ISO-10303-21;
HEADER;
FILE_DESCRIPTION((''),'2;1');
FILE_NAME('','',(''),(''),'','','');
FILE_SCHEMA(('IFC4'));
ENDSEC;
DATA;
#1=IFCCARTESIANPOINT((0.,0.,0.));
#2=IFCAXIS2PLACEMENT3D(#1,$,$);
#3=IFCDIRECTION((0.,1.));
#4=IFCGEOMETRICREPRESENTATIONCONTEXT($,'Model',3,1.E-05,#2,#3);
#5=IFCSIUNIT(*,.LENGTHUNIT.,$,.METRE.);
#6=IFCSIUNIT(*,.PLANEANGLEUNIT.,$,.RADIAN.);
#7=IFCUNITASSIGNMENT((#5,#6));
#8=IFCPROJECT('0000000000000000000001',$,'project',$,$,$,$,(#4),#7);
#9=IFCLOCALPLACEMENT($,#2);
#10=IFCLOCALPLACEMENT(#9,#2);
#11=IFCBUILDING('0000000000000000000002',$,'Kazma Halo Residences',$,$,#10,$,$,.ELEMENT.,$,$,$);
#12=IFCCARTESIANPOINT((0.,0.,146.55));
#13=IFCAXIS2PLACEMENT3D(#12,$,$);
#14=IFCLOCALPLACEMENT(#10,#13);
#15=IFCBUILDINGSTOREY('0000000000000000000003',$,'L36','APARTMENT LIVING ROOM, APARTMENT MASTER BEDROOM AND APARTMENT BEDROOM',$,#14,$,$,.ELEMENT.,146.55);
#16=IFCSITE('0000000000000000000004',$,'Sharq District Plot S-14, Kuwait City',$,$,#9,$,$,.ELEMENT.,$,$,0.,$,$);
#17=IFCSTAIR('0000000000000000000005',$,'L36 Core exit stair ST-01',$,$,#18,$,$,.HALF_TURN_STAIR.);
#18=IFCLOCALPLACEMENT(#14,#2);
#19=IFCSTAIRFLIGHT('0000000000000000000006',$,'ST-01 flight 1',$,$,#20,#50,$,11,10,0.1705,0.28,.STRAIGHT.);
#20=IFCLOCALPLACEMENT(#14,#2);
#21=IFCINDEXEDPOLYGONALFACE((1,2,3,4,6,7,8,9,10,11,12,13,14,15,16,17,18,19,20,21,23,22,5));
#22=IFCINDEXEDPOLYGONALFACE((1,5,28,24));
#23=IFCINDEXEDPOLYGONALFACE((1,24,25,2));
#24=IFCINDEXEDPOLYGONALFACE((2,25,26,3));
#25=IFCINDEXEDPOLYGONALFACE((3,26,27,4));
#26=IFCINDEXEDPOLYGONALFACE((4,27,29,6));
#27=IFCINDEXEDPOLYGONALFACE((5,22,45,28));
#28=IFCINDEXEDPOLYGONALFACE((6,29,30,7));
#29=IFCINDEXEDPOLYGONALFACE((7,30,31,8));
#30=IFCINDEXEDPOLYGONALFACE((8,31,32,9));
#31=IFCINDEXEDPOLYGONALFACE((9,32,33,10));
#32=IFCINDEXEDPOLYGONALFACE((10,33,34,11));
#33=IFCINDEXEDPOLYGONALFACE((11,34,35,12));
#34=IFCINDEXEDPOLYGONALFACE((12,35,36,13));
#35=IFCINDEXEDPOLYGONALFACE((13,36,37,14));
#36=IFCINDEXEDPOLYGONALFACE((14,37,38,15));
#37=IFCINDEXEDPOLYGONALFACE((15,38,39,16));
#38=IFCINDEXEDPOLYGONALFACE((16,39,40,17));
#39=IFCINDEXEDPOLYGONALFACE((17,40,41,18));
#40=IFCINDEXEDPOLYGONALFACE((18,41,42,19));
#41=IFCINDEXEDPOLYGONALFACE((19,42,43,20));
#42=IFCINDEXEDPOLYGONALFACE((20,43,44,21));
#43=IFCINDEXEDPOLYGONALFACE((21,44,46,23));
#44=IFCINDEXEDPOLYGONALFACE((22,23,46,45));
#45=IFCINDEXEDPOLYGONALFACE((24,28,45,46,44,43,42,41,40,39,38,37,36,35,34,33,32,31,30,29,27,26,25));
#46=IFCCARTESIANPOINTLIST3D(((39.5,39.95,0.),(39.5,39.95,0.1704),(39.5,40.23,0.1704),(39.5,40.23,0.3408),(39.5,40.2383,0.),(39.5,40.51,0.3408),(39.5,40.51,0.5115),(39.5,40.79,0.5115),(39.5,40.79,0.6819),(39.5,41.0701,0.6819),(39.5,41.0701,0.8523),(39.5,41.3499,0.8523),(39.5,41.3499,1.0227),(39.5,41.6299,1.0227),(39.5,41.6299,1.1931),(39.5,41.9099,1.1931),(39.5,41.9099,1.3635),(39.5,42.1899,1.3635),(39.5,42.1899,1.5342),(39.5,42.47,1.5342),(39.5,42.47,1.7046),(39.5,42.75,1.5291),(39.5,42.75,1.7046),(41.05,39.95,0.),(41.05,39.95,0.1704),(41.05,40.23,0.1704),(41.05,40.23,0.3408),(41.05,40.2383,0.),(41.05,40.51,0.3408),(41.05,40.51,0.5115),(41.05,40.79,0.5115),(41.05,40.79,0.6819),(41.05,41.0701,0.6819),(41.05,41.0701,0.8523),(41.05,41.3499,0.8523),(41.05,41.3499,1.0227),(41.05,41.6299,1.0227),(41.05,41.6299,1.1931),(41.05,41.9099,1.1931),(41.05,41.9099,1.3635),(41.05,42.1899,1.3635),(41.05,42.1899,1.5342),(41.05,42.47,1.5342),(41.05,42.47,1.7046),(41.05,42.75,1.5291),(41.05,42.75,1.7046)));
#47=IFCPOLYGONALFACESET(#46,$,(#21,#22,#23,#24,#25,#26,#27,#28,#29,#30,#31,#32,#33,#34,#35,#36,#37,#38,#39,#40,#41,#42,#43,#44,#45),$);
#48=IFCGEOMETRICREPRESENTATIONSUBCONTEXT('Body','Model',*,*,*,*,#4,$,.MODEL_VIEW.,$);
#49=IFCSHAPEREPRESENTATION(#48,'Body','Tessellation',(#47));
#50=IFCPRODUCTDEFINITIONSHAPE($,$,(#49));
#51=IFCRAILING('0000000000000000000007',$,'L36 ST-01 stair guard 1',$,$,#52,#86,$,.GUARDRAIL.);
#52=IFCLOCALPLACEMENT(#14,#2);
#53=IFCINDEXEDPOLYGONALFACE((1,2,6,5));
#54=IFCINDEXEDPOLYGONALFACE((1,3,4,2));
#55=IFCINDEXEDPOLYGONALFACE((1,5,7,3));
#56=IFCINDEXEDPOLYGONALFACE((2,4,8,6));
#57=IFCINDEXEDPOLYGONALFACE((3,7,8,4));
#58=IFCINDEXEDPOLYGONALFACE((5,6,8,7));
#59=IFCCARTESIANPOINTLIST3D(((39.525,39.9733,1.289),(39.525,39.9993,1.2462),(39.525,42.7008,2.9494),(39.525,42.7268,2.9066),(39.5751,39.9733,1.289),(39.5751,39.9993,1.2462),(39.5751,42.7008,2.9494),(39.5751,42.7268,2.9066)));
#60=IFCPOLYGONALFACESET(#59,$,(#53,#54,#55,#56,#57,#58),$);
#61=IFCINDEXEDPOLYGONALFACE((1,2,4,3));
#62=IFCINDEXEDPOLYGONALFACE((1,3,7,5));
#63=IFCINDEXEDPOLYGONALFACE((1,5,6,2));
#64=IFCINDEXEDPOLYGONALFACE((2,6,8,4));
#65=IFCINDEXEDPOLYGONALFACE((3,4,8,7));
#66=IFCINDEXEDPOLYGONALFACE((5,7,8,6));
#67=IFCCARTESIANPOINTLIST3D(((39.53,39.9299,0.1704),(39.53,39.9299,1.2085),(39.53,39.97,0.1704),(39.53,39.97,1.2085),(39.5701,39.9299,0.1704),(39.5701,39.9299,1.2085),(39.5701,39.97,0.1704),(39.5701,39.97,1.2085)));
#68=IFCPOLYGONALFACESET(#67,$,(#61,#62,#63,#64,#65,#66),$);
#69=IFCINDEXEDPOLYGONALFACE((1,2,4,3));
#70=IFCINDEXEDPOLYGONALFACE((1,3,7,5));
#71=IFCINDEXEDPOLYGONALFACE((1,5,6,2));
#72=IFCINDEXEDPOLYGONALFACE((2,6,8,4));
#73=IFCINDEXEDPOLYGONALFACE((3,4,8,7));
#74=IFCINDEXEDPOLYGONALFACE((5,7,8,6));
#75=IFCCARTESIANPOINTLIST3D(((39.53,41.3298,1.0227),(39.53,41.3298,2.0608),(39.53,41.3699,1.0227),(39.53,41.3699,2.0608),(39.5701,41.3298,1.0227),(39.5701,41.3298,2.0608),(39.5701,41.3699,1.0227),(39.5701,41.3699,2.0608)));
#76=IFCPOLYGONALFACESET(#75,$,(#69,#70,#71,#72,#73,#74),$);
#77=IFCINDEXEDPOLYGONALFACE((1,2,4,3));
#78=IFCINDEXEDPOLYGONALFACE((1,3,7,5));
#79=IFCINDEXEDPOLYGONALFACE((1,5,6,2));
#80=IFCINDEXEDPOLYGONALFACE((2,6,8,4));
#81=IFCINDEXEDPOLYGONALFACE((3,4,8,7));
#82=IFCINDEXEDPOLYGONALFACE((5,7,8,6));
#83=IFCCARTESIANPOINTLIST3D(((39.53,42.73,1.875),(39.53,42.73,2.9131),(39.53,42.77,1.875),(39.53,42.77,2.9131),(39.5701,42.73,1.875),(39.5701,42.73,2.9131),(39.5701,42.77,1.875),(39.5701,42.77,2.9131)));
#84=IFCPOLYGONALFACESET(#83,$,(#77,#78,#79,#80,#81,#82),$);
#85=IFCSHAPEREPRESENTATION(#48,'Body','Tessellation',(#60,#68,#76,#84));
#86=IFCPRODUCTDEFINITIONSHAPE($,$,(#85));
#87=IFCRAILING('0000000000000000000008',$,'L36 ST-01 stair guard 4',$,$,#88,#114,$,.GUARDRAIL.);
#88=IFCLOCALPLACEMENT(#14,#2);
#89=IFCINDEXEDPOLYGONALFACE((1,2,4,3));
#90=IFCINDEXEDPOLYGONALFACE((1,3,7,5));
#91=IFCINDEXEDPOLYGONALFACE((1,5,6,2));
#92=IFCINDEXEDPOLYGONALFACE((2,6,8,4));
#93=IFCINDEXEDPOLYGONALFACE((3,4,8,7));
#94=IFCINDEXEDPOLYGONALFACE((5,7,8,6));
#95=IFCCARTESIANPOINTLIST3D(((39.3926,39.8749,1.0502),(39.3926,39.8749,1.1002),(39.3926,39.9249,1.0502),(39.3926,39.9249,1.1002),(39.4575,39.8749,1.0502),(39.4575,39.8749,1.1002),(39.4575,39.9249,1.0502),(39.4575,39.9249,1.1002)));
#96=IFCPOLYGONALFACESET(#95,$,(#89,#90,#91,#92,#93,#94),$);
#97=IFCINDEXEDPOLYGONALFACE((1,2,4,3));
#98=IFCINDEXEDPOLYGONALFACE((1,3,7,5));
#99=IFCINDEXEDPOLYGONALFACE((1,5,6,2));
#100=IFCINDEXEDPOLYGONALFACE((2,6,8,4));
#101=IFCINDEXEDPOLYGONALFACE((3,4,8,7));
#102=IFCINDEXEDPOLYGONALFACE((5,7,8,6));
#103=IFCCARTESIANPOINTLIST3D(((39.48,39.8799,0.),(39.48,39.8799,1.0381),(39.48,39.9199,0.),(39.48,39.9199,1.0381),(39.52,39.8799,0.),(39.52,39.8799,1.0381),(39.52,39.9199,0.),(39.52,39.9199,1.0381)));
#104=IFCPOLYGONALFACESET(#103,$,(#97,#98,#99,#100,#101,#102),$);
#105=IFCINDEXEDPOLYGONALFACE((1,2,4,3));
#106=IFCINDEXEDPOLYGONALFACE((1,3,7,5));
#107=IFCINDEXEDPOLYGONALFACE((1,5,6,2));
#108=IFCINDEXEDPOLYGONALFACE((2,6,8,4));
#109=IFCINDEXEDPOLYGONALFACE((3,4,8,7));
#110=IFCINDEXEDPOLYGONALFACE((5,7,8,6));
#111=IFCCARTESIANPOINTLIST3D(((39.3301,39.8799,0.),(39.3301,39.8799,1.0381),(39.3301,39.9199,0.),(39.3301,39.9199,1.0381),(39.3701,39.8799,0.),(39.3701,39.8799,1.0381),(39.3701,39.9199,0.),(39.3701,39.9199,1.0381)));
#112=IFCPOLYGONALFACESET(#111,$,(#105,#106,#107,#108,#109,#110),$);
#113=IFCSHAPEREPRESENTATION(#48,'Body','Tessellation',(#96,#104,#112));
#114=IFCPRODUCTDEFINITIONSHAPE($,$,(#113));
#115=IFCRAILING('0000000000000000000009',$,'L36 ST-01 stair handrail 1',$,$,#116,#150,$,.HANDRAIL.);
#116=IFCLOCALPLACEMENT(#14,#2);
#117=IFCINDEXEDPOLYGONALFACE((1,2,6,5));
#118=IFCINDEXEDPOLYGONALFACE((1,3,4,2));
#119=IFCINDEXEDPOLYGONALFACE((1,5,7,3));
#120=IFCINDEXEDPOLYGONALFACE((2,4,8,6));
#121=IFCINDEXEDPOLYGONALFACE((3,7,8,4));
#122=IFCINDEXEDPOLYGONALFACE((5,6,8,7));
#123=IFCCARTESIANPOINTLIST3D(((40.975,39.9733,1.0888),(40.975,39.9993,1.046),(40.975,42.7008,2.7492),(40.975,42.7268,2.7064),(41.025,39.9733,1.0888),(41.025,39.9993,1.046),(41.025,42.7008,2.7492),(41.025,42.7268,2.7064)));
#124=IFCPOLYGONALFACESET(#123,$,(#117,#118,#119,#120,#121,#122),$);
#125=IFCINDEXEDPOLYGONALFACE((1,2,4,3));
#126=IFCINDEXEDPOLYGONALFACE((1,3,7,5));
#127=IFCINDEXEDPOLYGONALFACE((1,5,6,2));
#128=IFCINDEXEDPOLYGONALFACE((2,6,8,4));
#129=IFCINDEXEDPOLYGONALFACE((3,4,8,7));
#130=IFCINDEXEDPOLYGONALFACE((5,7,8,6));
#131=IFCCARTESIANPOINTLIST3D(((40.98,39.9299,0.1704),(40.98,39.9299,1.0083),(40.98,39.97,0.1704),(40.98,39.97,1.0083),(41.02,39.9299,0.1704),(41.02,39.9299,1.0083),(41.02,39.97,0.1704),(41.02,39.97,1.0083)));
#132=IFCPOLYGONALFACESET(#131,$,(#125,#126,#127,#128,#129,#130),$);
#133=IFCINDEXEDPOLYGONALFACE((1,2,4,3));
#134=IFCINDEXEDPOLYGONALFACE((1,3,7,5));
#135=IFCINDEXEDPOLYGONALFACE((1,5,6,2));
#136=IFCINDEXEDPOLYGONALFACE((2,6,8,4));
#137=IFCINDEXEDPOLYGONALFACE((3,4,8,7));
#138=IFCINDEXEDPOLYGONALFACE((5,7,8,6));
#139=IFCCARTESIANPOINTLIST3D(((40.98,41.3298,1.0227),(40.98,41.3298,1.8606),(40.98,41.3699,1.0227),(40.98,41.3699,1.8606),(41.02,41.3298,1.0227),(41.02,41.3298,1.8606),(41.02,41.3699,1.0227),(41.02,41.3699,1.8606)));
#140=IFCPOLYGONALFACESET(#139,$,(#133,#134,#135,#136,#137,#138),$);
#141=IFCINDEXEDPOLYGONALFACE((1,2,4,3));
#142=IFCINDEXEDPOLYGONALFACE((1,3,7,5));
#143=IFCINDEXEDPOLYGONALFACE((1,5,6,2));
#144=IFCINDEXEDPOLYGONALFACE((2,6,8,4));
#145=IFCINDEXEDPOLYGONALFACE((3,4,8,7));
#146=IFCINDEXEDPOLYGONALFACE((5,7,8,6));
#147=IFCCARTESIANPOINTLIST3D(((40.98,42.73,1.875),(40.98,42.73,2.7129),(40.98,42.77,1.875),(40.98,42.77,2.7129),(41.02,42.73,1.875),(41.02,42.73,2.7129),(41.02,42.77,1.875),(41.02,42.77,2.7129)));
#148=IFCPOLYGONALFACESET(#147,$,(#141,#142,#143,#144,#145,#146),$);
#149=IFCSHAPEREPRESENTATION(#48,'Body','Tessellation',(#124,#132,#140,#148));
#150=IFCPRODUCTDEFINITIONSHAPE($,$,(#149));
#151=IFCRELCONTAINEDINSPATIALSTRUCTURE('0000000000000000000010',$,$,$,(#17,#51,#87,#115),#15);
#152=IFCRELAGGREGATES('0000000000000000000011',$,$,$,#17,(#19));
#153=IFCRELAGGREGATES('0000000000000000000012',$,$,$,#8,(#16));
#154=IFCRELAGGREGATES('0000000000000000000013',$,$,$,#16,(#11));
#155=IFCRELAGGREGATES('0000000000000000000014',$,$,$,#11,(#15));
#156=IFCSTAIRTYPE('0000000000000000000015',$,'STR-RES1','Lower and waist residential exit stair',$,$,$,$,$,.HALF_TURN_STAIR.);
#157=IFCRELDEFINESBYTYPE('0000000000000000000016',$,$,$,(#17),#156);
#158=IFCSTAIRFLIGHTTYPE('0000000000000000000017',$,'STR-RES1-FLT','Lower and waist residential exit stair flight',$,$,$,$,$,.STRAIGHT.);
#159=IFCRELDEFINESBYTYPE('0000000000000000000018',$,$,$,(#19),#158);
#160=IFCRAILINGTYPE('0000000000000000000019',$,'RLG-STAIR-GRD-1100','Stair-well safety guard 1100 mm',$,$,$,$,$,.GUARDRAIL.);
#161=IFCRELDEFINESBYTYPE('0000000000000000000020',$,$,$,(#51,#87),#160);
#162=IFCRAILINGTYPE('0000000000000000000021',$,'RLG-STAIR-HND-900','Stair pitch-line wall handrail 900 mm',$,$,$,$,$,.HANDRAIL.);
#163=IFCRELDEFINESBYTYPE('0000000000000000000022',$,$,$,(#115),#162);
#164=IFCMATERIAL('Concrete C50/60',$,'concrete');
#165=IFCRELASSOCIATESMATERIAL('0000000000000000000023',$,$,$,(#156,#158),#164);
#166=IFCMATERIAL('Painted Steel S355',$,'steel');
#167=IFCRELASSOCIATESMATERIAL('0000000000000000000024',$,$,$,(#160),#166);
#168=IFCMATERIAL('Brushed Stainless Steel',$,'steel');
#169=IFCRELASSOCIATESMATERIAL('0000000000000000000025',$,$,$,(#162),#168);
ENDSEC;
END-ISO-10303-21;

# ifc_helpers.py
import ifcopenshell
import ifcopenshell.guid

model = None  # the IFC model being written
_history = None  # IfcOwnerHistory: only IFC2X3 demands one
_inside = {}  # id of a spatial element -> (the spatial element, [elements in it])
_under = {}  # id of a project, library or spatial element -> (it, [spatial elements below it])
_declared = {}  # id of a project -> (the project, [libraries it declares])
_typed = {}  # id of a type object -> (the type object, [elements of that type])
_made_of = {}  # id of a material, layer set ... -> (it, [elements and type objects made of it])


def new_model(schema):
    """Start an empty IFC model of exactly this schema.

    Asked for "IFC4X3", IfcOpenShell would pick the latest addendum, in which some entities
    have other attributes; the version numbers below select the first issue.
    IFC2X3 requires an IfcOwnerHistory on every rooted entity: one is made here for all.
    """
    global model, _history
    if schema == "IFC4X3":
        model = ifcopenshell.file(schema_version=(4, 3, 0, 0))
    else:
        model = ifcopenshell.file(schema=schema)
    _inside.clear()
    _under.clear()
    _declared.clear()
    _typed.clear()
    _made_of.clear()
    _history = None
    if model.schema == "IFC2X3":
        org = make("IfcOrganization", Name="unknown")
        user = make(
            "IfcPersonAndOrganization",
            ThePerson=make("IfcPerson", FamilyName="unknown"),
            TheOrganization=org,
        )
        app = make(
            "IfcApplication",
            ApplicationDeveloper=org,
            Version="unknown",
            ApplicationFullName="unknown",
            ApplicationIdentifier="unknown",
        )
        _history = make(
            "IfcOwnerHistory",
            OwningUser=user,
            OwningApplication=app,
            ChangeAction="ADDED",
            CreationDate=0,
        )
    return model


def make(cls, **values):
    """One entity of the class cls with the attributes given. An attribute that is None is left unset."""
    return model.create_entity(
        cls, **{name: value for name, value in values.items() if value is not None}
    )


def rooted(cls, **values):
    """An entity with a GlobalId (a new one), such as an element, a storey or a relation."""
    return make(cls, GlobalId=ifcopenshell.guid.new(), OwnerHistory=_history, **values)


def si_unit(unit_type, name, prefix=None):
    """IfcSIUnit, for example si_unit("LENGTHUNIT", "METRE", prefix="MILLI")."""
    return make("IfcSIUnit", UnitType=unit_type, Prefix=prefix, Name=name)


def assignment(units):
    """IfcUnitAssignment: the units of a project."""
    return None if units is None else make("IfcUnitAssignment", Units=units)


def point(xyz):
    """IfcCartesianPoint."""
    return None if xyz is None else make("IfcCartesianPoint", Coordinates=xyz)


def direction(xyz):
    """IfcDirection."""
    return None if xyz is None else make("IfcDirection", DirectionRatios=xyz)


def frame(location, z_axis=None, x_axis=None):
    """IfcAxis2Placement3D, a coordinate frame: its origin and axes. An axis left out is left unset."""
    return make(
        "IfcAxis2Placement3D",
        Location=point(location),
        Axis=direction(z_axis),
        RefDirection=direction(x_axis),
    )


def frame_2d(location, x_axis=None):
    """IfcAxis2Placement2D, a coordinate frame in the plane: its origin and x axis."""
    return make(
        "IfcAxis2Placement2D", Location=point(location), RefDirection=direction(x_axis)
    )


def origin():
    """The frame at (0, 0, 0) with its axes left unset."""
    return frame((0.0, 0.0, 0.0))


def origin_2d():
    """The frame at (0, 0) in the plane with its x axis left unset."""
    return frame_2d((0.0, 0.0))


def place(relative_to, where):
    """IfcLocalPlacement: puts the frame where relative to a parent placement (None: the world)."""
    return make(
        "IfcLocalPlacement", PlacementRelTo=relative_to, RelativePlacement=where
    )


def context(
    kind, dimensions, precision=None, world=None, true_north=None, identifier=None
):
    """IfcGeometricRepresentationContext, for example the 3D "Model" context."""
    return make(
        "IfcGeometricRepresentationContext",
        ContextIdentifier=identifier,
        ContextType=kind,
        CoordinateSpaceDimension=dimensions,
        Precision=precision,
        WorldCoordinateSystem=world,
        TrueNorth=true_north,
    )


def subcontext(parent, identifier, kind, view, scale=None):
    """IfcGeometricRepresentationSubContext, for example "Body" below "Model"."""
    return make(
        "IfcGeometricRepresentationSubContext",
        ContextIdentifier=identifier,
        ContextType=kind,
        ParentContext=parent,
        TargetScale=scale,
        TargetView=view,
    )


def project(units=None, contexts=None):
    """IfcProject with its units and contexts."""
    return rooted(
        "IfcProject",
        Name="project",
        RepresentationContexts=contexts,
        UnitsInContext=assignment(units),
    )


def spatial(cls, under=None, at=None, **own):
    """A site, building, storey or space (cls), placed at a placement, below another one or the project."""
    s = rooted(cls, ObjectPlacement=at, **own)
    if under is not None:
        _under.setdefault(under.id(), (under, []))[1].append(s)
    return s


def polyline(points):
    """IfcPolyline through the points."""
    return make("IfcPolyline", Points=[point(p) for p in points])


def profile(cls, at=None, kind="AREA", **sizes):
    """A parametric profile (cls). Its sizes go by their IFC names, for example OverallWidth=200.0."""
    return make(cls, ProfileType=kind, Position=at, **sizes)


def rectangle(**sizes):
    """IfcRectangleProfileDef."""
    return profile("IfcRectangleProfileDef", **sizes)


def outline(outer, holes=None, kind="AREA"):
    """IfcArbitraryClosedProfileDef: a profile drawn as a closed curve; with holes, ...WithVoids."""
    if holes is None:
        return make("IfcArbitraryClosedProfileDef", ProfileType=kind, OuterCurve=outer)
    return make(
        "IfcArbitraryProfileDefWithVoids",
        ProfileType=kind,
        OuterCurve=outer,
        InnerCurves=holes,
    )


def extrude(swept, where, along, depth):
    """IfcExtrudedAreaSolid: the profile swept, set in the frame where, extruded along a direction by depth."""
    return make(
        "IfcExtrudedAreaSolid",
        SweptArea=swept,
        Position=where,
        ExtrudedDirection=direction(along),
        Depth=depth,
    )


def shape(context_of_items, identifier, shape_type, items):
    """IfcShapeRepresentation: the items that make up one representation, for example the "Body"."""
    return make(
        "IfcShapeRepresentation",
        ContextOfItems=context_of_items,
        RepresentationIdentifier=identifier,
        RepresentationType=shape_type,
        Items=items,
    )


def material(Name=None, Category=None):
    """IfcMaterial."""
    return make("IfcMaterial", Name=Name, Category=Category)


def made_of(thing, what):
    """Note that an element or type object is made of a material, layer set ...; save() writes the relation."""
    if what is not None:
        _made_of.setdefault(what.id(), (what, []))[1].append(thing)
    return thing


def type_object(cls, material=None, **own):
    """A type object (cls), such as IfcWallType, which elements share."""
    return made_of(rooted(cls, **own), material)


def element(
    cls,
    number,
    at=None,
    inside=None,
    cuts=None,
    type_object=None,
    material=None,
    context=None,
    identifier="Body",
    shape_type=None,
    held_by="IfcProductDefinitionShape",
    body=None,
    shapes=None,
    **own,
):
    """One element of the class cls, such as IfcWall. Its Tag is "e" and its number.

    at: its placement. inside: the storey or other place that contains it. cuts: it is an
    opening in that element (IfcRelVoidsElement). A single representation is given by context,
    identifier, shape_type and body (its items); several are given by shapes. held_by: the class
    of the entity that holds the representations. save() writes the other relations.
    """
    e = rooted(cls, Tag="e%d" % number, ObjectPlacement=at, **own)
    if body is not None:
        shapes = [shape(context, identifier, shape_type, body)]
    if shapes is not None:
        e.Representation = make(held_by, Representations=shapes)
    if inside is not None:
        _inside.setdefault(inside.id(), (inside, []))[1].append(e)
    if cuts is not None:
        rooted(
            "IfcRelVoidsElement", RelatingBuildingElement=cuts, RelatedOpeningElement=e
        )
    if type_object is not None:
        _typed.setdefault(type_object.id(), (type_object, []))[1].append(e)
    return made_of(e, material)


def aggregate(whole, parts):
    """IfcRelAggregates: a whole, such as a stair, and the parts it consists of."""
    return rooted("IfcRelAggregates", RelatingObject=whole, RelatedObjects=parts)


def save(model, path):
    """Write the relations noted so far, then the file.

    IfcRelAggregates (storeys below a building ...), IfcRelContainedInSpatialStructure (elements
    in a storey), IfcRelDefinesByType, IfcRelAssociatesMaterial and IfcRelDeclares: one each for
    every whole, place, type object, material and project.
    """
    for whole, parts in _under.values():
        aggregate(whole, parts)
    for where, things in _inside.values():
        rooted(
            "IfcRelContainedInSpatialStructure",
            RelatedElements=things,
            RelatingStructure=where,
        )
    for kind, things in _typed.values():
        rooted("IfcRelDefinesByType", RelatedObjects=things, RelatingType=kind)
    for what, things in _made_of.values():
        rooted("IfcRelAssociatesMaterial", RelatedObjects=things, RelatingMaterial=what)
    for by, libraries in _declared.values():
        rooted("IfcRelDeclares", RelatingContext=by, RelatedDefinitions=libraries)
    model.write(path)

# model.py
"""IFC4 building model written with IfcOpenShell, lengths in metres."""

from ifc_helpers import new_model, si_unit, direction, frame, origin, origin_2d, place, context, subcontext, project, spatial, polyline, rectangle, outline, extrude, material, type_object, element, aggregate, save


model = new_model("IFC4")

# Units and contexts
model_context = context("Model", 3, precision=1e-05, world=origin(), true_north=direction((0.0, 1.0)))
body_context = subcontext(model_context, "Body", "Model", "MODEL_VIEW")
ifc_project = project(units=[si_unit("LENGTHUNIT", "METRE"), si_unit("PLANEANGLEUNIT", "RADIAN")], contexts=[model_context])

# Site, building, storey
site_placement = place(None, origin())
site = spatial("IfcSite", under=ifc_project, at=site_placement, Name="Sharq District Plot S-14, Kuwait City", CompositionType="ELEMENT", RefElevation=0.0)
building_placement = place(site_placement, origin())
building = spatial("IfcBuilding", under=site, at=building_placement, Name="Kazma Halo Residences", CompositionType="ELEMENT")
storey_placement = place(building_placement, frame((0.0, 0.0, 146.55)))
storey = spatial("IfcBuildingStorey", under=building, at=storey_placement, Name="L36", Description="APARTMENT LIVING ROOM, APARTMENT MASTER BEDROOM AND APARTMENT BEDROOM", CompositionType="ELEMENT", Elevation=146.55)

# Shared definitions
ifc_material_1 = material(Name="Concrete C50/60", Category="concrete")

# Stair, stair flight
stair_type = type_object("IfcStairType", Name="STR-RES1", Description="Lower and waist residential exit stair", PredefinedType="HALF_TURN_STAIR", material=ifc_material_1)
stair_placement = place(storey_placement, origin())
stair = element("IfcStair", 1, at=stair_placement, inside=storey, type_object=stair_type, Name="L36 Core exit stair ST-01", PredefinedType="HALF_TURN_STAIR")
stair_flight_type = type_object("IfcStairFlightType", Name="STR-RES1-FLT", Description="Lower and waist residential exit stair flight", PredefinedType="STRAIGHT", material=ifc_material_1)
stair_flight_placement = place(storey_placement, frame((40.2749, 39.95, 0.0), z_axis=(0.0, 0.0, 1.0), x_axis=(0.0, 1.0, 0.0)))
stair_flight = element("IfcStairFlight", 2, at=stair_flight_placement, type_object=stair_flight_type, Name="ST-01 flight 1", NumberOfRisers=11, NumberOfTreads=10, PredefinedType="STRAIGHT", RiserHeight=0.1705, TreadLength=0.28, context=body_context, shape_type="SweptSolid", body=[
    extrude(outline(polyline([(0.0, 0.0), (0.0, 0.1704), (0.28, 0.1704), (0.28, 0.3408), (0.5601, 0.3408), (0.5601, 0.5115), (0.8401, 0.5115), (0.8401, 0.6819), (1.1201, 0.6819), (1.1201, 0.8523), (1.3999, 0.8523), (1.3999, 1.0227), (1.6799, 1.0227), (1.6799, 1.1931), (1.96, 1.1931), (1.96, 1.3635), (2.24, 1.3635), (2.24, 1.5342), (2.52, 1.5342), (2.52, 1.7046), (2.8, 1.7046), (2.8, 1.875), (2.8, 1.5291), (0.2883, 0.0), (0.0, 0.0)])), frame((0.0, 0.7749, 0.0), z_axis=(0.0, -1.0, 0.0), x_axis=(1.0, 0.0, 0.0)), (0.0, 0.0, 1.0), 1.55),
])
aggregate(stair, [stair_flight])

# Railings
ifc_material_2 = material(Name="Painted Steel S355", Category="steel")
railing_type_1 = type_object("IfcRailingType", Name="RLG-STAIR-GRD-1100", Description="Stair-well safety guard 1100 mm", PredefinedType="GUARDRAIL", material=ifc_material_2)
railing_1_placement = place(storey_placement, frame((39.55, 39.95, 0.1704)))
element("IfcRailing", 3, at=railing_1_placement, inside=storey, type_object=railing_type_1, Name="L36 ST-01 stair guard 1", PredefinedType="GUARDRAIL", context=body_context, shape_type="SweptSolid", body=[
    extrude(rectangle(XDim=0.05, YDim=0.05, at=origin_2d()), frame((0.0, 0.0364, 1.0972), z_axis=(0.0, 0.85417, 0.519994), x_axis=(-1.0, 0.0, 0.0)), (0.0, 0.0, 1.0), 3.1931),
    extrude(rectangle(XDim=0.04, YDim=0.04, at=origin_2d()), origin(), (0.0, 0.0, 1.0), 1.0381),
    extrude(rectangle(XDim=0.04, YDim=0.04, at=origin_2d()), frame((0.0, 1.3999, 0.8523)), (0.0, 0.0, 1.0), 1.0381),
    extrude(rectangle(XDim=0.04, YDim=0.04, at=origin_2d()), frame((0.0, 2.8, 1.7046)), (0.0, 0.0, 1.0), 1.0381),
])
railing_2_placement = place(storey_placement, frame((39.5, 39.8999, 0.0)))
element("IfcRailing", 4, at=railing_2_placement, inside=storey, type_object=railing_type_1, Name="L36 ST-01 stair guard 4", PredefinedType="GUARDRAIL", context=body_context, shape_type="SweptSolid", body=[
    extrude(rectangle(XDim=0.05, YDim=0.05, at=origin_2d()), frame((-0.0425, 0.0, 1.0752), z_axis=(-1.0, 0.0, 0.0), x_axis=(0.0, -1.0, 0.0)), (0.0, 0.0, 1.0), 0.0649),
    extrude(rectangle(XDim=0.04, YDim=0.04, at=origin_2d()), origin(), (0.0, 0.0, 1.0), 1.0381),
    extrude(rectangle(XDim=0.04, YDim=0.04, at=origin_2d()), frame((-0.1499, 0.0, 0.0)), (0.0, 0.0, 1.0), 1.0381),
])
ifc_material_3 = material(Name="Brushed Stainless Steel", Category="steel")
railing_type_2 = type_object("IfcRailingType", Name="RLG-STAIR-HND-900", Description="Stair pitch-line wall handrail 900 mm", PredefinedType="HANDRAIL", material=ifc_material_3)
railing_3_placement = place(storey_placement, frame((41.0, 39.95, 0.1704)))
element("IfcRailing", 5, at=railing_3_placement, inside=storey, type_object=railing_type_2, Name="L36 ST-01 stair handrail 1", PredefinedType="HANDRAIL", context=body_context, shape_type="SweptSolid", body=[
    extrude(rectangle(XDim=0.05, YDim=0.05, at=origin_2d()), frame((0.0, 0.0364, 0.897), z_axis=(0.0, 0.85417, 0.519994), x_axis=(-1.0, 0.0, 0.0)), (0.0, 0.0, 1.0), 3.1931),
    extrude(rectangle(XDim=0.04, YDim=0.04, at=origin_2d()), origin(), (0.0, 0.0, 1.0), 0.8379),
    extrude(rectangle(XDim=0.04, YDim=0.04, at=origin_2d()), frame((0.0, 1.3999, 0.8523)), (0.0, 0.0, 1.0), 0.8379),
    extrude(rectangle(XDim=0.04, YDim=0.04, at=origin_2d()), frame((0.0, 2.8, 1.7046)), (0.0, 0.0, 1.0), 0.8379),
])

save(model, "model.ifc")
